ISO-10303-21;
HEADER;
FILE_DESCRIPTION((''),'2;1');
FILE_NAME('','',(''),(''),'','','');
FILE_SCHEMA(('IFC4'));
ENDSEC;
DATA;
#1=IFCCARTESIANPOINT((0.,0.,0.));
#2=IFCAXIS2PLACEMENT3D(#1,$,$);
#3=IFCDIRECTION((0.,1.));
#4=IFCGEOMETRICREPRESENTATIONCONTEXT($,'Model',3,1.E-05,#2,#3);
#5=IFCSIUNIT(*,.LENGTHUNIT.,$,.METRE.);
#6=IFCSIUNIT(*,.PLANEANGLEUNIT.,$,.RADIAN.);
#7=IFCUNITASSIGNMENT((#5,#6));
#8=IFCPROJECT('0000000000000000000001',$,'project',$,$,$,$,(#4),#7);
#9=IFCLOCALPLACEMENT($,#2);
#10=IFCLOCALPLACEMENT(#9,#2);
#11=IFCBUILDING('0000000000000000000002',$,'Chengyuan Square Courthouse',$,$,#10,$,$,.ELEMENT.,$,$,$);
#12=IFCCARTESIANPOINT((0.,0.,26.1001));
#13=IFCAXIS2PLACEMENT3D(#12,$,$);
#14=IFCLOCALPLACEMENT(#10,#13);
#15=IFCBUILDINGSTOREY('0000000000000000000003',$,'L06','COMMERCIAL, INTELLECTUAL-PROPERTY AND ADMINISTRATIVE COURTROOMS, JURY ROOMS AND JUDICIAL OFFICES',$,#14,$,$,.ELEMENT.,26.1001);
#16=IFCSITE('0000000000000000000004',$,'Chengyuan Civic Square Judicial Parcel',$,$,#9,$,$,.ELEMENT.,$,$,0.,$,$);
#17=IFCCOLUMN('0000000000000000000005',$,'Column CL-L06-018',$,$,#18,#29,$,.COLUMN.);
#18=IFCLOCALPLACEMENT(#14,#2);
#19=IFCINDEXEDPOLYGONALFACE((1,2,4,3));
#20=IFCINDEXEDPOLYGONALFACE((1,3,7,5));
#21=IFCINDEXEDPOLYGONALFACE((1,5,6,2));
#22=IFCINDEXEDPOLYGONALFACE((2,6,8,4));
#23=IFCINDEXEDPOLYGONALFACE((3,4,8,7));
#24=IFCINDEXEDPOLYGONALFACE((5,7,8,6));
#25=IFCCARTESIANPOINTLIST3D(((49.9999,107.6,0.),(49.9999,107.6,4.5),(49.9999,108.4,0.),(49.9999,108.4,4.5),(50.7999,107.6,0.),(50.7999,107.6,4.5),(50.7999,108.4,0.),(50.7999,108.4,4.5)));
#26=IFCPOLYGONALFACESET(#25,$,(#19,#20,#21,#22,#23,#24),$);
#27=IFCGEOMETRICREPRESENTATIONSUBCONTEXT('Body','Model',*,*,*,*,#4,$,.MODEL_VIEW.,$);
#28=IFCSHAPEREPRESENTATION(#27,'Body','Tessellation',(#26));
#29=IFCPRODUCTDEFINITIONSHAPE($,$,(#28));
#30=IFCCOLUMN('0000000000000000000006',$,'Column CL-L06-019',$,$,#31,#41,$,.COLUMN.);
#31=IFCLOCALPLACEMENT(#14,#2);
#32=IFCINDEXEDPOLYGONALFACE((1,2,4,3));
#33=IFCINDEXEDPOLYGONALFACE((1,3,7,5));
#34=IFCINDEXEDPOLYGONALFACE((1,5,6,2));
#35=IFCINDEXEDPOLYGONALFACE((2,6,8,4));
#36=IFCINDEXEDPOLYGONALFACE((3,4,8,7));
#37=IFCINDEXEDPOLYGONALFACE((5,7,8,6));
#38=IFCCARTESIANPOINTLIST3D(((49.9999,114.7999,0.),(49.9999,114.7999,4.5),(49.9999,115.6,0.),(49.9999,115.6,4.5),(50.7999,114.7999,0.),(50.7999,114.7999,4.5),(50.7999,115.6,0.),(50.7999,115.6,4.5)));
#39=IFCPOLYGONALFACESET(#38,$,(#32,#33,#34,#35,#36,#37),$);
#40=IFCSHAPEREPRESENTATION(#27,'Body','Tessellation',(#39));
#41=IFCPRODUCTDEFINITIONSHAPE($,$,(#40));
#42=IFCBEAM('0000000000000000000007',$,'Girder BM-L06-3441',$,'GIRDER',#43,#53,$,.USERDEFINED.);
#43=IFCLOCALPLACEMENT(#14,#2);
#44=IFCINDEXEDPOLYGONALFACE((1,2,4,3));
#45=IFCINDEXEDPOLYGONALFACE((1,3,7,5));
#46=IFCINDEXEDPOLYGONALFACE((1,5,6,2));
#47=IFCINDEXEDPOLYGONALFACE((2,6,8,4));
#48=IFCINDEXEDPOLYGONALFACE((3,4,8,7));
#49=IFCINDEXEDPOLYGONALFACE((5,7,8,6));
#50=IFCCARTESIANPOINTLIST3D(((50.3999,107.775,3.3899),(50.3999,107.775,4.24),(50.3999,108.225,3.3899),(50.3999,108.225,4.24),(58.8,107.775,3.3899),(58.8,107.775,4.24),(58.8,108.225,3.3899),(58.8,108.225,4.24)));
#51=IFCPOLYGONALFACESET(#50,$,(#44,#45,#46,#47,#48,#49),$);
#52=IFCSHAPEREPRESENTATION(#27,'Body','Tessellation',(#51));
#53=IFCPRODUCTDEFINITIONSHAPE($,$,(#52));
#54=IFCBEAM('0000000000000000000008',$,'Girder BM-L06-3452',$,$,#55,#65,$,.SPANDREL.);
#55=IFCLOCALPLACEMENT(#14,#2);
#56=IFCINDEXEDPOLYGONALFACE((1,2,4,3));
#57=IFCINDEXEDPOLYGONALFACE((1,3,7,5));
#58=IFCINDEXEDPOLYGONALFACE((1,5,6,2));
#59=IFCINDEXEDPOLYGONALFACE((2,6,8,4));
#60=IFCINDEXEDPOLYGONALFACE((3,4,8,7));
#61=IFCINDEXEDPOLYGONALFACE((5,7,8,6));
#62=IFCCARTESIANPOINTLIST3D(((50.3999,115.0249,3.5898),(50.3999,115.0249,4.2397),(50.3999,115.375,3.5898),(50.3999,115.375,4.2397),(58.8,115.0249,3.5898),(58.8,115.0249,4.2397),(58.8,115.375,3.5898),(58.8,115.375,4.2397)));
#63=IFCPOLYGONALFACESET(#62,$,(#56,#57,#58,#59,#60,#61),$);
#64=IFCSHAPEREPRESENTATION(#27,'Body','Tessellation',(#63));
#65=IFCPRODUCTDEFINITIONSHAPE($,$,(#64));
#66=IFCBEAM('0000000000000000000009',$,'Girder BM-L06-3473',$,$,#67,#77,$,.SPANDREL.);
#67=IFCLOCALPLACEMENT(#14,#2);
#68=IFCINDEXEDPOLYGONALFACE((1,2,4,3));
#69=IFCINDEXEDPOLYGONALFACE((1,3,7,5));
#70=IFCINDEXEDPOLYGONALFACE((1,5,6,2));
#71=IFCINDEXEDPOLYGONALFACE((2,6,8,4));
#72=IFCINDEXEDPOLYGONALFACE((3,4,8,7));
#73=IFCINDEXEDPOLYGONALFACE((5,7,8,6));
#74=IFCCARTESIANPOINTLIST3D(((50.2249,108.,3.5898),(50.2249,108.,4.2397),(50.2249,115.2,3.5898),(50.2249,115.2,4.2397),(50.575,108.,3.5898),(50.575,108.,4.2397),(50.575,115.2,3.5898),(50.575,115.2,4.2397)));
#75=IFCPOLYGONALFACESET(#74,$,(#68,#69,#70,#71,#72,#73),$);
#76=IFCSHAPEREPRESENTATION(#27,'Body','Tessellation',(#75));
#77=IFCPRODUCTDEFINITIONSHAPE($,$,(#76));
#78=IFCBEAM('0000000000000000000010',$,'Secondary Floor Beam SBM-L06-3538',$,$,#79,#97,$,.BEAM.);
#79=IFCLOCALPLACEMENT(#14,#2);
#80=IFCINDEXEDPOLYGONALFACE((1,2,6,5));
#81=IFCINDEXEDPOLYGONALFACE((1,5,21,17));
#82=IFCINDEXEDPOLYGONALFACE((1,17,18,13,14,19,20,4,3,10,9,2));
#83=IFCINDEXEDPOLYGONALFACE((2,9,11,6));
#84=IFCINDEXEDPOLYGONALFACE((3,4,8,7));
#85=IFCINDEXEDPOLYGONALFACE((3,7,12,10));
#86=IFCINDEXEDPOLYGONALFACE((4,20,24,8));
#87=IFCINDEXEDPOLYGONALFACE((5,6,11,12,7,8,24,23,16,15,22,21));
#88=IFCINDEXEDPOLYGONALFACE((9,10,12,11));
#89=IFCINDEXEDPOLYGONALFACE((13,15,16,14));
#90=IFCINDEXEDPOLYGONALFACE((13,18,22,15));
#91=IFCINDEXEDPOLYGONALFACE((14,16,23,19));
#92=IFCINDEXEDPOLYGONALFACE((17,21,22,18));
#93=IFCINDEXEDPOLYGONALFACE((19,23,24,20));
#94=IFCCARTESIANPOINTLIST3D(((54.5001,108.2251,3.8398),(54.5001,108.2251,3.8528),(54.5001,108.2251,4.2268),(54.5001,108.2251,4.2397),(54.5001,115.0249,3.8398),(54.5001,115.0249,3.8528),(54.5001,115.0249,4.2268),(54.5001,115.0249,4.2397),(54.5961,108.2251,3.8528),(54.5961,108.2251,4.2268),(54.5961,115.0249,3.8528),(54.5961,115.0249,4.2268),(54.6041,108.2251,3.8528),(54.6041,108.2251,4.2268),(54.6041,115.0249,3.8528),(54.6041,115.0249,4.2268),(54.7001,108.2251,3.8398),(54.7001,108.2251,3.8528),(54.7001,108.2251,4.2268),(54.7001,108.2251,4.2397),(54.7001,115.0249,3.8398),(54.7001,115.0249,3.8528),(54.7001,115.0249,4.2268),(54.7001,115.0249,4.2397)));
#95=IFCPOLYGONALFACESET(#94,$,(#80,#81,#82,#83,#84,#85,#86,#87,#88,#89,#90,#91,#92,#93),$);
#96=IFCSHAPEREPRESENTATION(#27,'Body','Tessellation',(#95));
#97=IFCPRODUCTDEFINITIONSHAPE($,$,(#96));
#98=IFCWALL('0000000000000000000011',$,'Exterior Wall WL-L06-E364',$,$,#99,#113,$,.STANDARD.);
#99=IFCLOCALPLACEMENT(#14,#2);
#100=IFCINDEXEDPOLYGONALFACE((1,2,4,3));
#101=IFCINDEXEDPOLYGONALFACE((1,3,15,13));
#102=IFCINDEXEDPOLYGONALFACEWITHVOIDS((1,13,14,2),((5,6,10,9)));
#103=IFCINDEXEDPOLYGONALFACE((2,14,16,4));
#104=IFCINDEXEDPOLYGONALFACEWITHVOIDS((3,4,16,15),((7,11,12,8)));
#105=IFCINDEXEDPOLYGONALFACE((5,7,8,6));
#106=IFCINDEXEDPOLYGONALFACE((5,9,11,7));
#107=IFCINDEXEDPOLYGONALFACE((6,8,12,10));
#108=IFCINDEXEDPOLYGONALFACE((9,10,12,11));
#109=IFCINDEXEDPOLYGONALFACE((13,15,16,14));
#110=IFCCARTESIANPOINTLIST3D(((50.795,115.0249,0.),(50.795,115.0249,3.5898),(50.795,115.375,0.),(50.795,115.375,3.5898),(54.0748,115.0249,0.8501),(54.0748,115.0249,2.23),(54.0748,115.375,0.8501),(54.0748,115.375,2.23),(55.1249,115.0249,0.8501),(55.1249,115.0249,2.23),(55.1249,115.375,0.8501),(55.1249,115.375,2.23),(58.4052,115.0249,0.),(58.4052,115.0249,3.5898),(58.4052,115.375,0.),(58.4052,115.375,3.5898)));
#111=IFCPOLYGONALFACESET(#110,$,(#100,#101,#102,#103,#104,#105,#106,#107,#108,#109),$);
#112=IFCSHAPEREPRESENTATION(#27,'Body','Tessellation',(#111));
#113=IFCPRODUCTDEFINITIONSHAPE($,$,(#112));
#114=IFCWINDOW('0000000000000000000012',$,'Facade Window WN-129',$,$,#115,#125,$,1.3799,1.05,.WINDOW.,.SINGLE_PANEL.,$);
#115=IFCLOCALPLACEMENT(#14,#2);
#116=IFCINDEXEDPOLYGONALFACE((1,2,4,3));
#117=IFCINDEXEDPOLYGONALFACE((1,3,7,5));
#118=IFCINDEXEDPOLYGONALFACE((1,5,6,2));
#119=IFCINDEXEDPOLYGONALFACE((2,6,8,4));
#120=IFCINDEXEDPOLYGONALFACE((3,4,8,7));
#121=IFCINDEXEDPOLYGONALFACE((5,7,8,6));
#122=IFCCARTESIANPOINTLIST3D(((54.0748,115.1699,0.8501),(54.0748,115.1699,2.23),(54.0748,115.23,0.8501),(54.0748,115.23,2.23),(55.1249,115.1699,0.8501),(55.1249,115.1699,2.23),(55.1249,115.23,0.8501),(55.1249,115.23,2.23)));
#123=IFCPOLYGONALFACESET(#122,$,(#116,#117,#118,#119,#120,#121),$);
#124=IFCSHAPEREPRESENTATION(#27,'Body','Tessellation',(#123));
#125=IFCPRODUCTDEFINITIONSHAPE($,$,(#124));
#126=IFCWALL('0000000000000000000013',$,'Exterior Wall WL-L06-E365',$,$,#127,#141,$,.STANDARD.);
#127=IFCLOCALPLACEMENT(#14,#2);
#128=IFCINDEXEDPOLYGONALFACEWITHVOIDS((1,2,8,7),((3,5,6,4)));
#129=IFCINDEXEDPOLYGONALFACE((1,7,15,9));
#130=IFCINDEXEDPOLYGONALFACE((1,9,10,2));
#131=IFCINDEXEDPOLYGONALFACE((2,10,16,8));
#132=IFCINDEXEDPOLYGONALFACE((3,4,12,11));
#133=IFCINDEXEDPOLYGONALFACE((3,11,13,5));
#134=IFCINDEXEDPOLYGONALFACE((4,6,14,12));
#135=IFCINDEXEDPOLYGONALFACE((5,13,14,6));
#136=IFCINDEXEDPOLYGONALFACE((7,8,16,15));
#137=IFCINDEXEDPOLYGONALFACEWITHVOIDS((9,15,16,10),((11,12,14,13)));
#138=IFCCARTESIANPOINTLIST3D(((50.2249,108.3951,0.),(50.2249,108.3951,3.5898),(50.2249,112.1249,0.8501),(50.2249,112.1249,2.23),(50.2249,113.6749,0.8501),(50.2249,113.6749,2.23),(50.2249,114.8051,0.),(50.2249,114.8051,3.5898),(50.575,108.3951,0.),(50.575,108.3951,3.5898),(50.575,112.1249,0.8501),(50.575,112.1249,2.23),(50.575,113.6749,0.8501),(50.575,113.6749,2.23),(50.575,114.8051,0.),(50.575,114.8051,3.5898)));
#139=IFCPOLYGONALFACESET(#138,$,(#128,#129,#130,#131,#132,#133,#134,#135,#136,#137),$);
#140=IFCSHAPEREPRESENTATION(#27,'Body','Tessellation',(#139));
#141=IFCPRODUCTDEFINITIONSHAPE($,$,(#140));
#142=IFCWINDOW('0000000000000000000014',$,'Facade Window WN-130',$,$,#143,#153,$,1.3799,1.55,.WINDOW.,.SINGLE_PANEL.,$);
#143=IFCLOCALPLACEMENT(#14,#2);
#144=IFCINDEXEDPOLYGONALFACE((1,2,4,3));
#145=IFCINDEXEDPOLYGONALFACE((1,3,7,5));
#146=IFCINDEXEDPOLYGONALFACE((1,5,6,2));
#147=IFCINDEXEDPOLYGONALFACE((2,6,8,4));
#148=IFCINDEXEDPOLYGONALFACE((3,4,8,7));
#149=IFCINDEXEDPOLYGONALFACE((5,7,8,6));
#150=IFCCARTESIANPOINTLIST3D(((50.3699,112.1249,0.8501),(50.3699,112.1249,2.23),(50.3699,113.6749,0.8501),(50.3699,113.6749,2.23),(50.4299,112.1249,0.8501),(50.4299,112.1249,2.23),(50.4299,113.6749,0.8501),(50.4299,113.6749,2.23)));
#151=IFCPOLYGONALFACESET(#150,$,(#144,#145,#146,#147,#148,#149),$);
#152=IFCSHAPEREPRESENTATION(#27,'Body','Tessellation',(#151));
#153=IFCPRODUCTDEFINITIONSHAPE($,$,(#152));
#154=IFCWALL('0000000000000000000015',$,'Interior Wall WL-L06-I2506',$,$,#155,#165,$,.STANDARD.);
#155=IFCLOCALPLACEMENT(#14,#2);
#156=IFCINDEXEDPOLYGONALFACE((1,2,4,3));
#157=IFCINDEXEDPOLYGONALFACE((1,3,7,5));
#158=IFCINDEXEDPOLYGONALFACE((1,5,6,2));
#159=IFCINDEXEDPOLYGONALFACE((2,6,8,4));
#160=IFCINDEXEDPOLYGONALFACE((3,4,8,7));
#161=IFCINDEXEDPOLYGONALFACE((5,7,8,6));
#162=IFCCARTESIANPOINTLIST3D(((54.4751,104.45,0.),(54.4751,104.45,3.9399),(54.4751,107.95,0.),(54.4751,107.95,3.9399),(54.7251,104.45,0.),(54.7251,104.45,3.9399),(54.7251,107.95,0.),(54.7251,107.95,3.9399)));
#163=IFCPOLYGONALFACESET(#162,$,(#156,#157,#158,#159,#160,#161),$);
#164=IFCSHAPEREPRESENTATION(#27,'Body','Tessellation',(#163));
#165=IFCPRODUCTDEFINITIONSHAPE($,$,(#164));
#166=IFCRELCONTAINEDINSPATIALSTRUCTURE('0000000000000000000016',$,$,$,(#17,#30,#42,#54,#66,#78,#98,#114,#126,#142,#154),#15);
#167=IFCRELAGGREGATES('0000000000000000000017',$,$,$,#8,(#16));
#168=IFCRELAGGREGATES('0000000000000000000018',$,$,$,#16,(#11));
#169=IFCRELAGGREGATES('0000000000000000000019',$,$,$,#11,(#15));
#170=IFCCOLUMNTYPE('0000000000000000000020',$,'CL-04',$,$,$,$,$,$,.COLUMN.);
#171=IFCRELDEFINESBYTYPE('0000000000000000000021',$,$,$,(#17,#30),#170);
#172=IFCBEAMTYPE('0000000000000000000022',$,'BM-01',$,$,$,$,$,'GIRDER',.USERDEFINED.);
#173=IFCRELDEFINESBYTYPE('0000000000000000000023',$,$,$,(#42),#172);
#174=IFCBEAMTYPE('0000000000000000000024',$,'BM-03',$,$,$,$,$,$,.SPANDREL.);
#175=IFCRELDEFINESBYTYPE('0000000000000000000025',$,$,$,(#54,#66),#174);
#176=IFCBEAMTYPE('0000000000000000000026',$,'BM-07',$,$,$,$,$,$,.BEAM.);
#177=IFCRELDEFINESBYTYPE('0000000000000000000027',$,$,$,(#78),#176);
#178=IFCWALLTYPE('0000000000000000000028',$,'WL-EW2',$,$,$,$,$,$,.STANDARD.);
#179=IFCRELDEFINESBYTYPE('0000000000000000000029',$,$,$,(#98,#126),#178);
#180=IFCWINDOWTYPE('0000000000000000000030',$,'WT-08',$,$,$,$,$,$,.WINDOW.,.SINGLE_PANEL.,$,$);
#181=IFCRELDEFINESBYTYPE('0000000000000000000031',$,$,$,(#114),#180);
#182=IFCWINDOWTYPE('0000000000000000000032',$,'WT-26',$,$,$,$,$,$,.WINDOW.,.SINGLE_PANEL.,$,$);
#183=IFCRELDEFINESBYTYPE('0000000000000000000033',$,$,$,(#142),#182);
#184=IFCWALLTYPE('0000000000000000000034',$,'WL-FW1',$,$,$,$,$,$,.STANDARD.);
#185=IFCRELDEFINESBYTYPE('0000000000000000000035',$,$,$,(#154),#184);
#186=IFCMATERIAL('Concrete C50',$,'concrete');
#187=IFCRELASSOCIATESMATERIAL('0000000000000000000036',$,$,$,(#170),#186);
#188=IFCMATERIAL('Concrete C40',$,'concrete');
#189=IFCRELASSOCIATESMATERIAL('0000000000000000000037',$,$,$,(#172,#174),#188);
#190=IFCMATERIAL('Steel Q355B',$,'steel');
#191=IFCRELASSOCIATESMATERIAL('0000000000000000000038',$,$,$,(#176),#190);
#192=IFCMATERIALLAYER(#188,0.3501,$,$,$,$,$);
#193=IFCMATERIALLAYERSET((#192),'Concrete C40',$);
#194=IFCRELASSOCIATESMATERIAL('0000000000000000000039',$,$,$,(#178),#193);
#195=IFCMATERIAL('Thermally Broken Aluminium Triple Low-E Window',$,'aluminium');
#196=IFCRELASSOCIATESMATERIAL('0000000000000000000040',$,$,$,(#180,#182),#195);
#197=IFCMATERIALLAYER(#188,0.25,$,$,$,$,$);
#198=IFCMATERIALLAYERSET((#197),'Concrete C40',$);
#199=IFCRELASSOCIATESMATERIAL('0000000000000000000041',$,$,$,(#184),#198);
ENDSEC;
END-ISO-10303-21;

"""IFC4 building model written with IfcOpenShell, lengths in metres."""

from ifc_helpers import new_model, si_unit, direction, frame, frame_2d, origin, origin_2d, place, context, subcontext, project, spatial, rectangle, i_section, extrude, material, layer, layer_set, material_profile, profile_set, type_object, element, fill, save


model = new_model("IFC4")

# Units and contexts
model_context = context("Model", 3, precision=1e-05, world=origin(), true_north=direction((0.0, 1.0)))
body_context = subcontext(model_context, "Body", "Model", "MODEL_VIEW")
ifc_project = project(units=[si_unit("LENGTHUNIT", "METRE"), si_unit("PLANEANGLEUNIT", "RADIAN")], contexts=[model_context])

# Site, building, storey
site_placement = place(None, origin())
site = spatial("IfcSite", under=ifc_project, at=site_placement, Name="Chengyuan Civic Square Judicial Parcel", CompositionType="ELEMENT", RefElevation=0.0)
building_placement = place(site_placement, origin())
building = spatial("IfcBuilding", under=site, at=building_placement, Name="Chengyuan Square Courthouse", CompositionType="ELEMENT")
storey_placement = place(building_placement, frame((0.0, 0.0, 26.1001)))
storey = spatial("IfcBuildingStorey", under=building, at=storey_placement, Name="L06", Description="COMMERCIAL, INTELLECTUAL-PROPERTY AND ADMINISTRATIVE COURTROOMS, JURY ROOMS AND JUDICIAL OFFICES", CompositionType="ELEMENT", Elevation=26.1001)

# Columns
ifc_material_1 = material(Name="Concrete C50", Category="concrete")
ifc_material_profile_1 = material_profile(ifc_material_1, rectangle(XDim=0.8, YDim=0.8, at=origin_2d()), Name="RC-COL-800x800")
ifc_profile_set_1 = profile_set([ifc_material_profile_1], Name="Concrete C50")
column_type = type_object("IfcColumnType", Name="CL-04", PredefinedType="COLUMN", material=ifc_profile_set_1)
for number, where, z_axis, x_axis, name in (
    (1, (50.3999, 108.0, 0.0), (0.0, 0.0, 1.0), (1.0, 0.0, 0.0), "Column CL-L06-018"),
    (2, (50.3999, 115.2, 0.0), (0.0, 0.0, 1.0), (1.0, 0.0, 0.0), "Column CL-L06-019"),
):
    element("IfcColumn", number, at=place(storey_placement, frame(where, z_axis=z_axis, x_axis=x_axis)), inside=storey, type_object=column_type, Name=name, PredefinedType="COLUMN", context=body_context, shape_type="SweptSolid", body=[
        extrude(rectangle(XDim=0.8, YDim=0.8, at=origin_2d()), origin(), (0.0, 0.0, 1.0), 4.5),
    ])

# Beams
ifc_material_2 = material(Name="Concrete C40", Category="concrete")
ifc_material_profile_2 = material_profile(ifc_material_2, rectangle(XDim=0.45, YDim=0.8501, at=origin_2d()), Name="RC-BM-450x850")
ifc_profile_set_2 = profile_set([ifc_material_profile_2], Name="Concrete C40")
beam_type_1 = type_object("IfcBeamType", Name="BM-01", ElementType="GIRDER", PredefinedType="USERDEFINED", material=ifc_profile_set_2)
beam_1_placement = place(storey_placement, frame((50.3999, 108.0, 3.8149), z_axis=(1.0, 0.0, 0.0), x_axis=(0.0, 1.0, 0.0)))
element("IfcBeam", 3, at=beam_1_placement, inside=storey, type_object=beam_type_1, Name="Girder BM-L06-3441", ObjectType="GIRDER", PredefinedType="USERDEFINED", context=body_context, shape_type="SweptSolid", body=[
    extrude(rectangle(XDim=0.45, YDim=0.8501, at=origin_2d()), origin(), (0.0, 0.0, 1.0), 8.4001),
])
ifc_material_profile_3 = material_profile(ifc_material_2, rectangle(XDim=0.3501, YDim=0.6499, at=origin_2d()), Name="RC-BM-350x650")
ifc_profile_set_3 = profile_set([ifc_material_profile_3], Name="Concrete C40")
beam_type_2 = type_object("IfcBeamType", Name="BM-03", PredefinedType="SPANDREL", material=ifc_profile_set_3)
beam_2_placement = place(storey_placement, frame((50.3999, 115.2, 3.9148), z_axis=(1.0, 0.0, 0.0), x_axis=(0.0, 1.0, 0.0)))
element("IfcBeam", 4, at=beam_2_placement, inside=storey, type_object=beam_type_2, Name="Girder BM-L06-3452", PredefinedType="SPANDREL", context=body_context, shape_type="SweptSolid", body=[
    extrude(rectangle(XDim=0.3501, YDim=0.6499, at=origin_2d()), origin(), (0.0, 0.0, 1.0), 8.4001),
])
beam_3_placement = place(storey_placement, frame((50.3999, 108.0, 3.9148), z_axis=(0.0, 1.0, 0.0), x_axis=(-1.0, 0.0, 0.0)))
element("IfcBeam", 5, at=beam_3_placement, inside=storey, type_object=beam_type_2, Name="Girder BM-L06-3473", PredefinedType="SPANDREL", context=body_context, shape_type="SweptSolid", body=[
    extrude(rectangle(XDim=0.3501, YDim=0.6499, at=origin_2d()), origin(), (0.0, 0.0, 1.0), 7.2),
])
ifc_material_3 = material(Name="Steel Q355B", Category="steel")
ifc_material_profile_4 = material_profile(ifc_material_3, i_section(OverallWidth=0.2, OverallDepth=0.3999, WebThickness=0.0081, FlangeThickness=0.0129, at=origin_2d()), Name="HN 400x200x8x13")
ifc_profile_set_4 = profile_set([ifc_material_profile_4], Name="Steel Q355B")
beam_type_3 = type_object("IfcBeamType", Name="BM-07", PredefinedType="BEAM", material=ifc_profile_set_4)
beam_4_placement = place(storey_placement, frame((54.6001, 108.2251, 4.0398), z_axis=(0.0, 1.0, 0.0), x_axis=(-1.0, 0.0, 0.0)))
element("IfcBeam", 6, at=beam_4_placement, inside=storey, type_object=beam_type_3, Name="Secondary Floor Beam SBM-L06-3538", PredefinedType="BEAM", context=body_context, shape_type="SweptSolid", body=[
    extrude(i_section(OverallWidth=0.2, OverallDepth=0.3999, WebThickness=0.0081, FlangeThickness=0.0129, at=origin_2d()), origin(), (0.0, 0.0, 1.0), 6.7998),
])

# Walls, openings, windows
ifc_layer_1 = layer(ifc_material_2, 0.3501)
ifc_layer_set_1 = layer_set([ifc_layer_1], Name="Concrete C40")
wall_type_1 = type_object("IfcWallType", Name="WL-EW2", PredefinedType="STANDARD", material=ifc_layer_set_1)
wall_1_placement = place(storey_placement, frame((50.7949, 115.2, 0.0), z_axis=(0.0, 0.0, 1.0), x_axis=(1.0, 0.0, 0.0)))
wall_1 = element("IfcWall", 7, at=wall_1_placement, inside=storey, type_object=wall_type_1, Name="Exterior Wall WL-L06-E364", PredefinedType="STANDARD", context=body_context, shape_type="SweptSolid", body=[
    extrude(rectangle(XDim=7.6101, YDim=0.3501, at=frame_2d((3.8052, 0.0))), origin(), (0.0, 0.0, 1.0), 3.5898),
])
opening_1_placement = place(wall_1_placement, frame((3.28, 0.0, 0.8501)))
opening_1 = element("IfcOpeningElement", 8, at=opening_1_placement, cuts=wall_1, PredefinedType="OPENING", context=body_context, shape_type="SweptSolid", body=[
    extrude(rectangle(XDim=1.05, YDim=1.3799, at=frame_2d((0.5249, 0.6899))), frame((0.0, 0.187, 0.0), z_axis=(0.0, -1.0, 0.0), x_axis=(1.0, 0.0, 0.0)), (0.0, 0.0, 1.0), 0.374),
])
ifc_material_4 = material(Name="Thermally Broken Aluminium Triple Low-E Window", Category="aluminium")
window_type_1 = type_object("IfcWindowType", Name="WT-08", PartitioningType="SINGLE_PANEL", PredefinedType="WINDOW", material=ifc_material_4)
window_1_placement = place(opening_1_placement, origin())
window_1 = element("IfcWindow", 9, at=window_1_placement, inside=storey, type_object=window_type_1, Name="Facade Window WN-129", OverallHeight=1.3799, OverallWidth=1.05, PartitioningType="SINGLE_PANEL", PredefinedType="WINDOW", context=body_context, shape_type="SweptSolid", body=[
    extrude(rectangle(XDim=1.05, YDim=1.3799, at=frame_2d((0.5249, 0.6899))), frame((0.0, 0.03, 0.0), z_axis=(0.0, -1.0, 0.0), x_axis=(1.0, 0.0, 0.0)), (0.0, 0.0, 1.0), 0.0601),
])
fill(opening_1, window_1)
wall_2_placement = place(storey_placement, frame((50.3999, 108.395, 0.0), z_axis=(0.0, 0.0, 1.0), x_axis=(0.0, 1.0, 0.0)))
wall_2 = element("IfcWall", 10, at=wall_2_placement, inside=storey, type_object=wall_type_1, Name="Exterior Wall WL-L06-E365", PredefinedType="STANDARD", context=body_context, shape_type="SweptSolid", body=[
    extrude(rectangle(XDim=6.4099, YDim=0.3501, at=frame_2d((3.2051, 0.0))), origin(), (0.0, 0.0, 1.0), 3.5898),
])
opening_2_placement = place(wall_2_placement, frame((3.73, 0.0, 0.8501)))
opening_2 = element("IfcOpeningElement", 11, at=opening_2_placement, cuts=wall_2, PredefinedType="OPENING", context=body_context, shape_type="SweptSolid", body=[
    extrude(rectangle(XDim=1.55, YDim=1.3799, at=frame_2d((0.7749, 0.6899))), frame((0.0, 0.187, 0.0), z_axis=(0.0, -1.0, 0.0), x_axis=(1.0, 0.0, 0.0)), (0.0, 0.0, 1.0), 0.374),
])
window_type_2 = type_object("IfcWindowType", Name="WT-26", PartitioningType="SINGLE_PANEL", PredefinedType="WINDOW", material=ifc_material_4)
window_2_placement = place(opening_2_placement, origin())
window_2 = element("IfcWindow", 12, at=window_2_placement, inside=storey, type_object=window_type_2, Name="Facade Window WN-130", OverallHeight=1.3799, OverallWidth=1.55, PartitioningType="SINGLE_PANEL", PredefinedType="WINDOW", context=body_context, shape_type="SweptSolid", body=[
    extrude(rectangle(XDim=1.55, YDim=1.3799, at=frame_2d((0.7749, 0.6899))), frame((0.0, 0.03, 0.0), z_axis=(0.0, -1.0, 0.0), x_axis=(1.0, 0.0, 0.0)), (0.0, 0.0, 1.0), 0.0601),
])
fill(opening_2, window_2)

# Shared definitions
ifc_layer_2 = layer(ifc_material_2, 0.25)
ifc_layer_set_2 = layer_set([ifc_layer_2], Name="Concrete C40")
wall_type_2 = type_object("IfcWallType", Name="WL-FW1", PredefinedType="STANDARD", material=ifc_layer_set_2)

# Wall
wall_3_placement = place(storey_placement, frame((54.6001, 104.45, 0.0), z_axis=(0.0, 0.0, 1.0), x_axis=(0.0, 1.0, 0.0)))
element("IfcWall", 13, at=wall_3_placement, inside=storey, type_object=wall_type_2, Name="Interior Wall WL-L06-I2506", PredefinedType="STANDARD", context=body_context, shape_type="SweptSolid", body=[
    extrude(rectangle(XDim=3.5, YDim=0.25, at=frame_2d((1.75, 0.0))), origin(), (0.0, 0.0, 1.0), 3.9399),
])

save(model, "model.ifc")
